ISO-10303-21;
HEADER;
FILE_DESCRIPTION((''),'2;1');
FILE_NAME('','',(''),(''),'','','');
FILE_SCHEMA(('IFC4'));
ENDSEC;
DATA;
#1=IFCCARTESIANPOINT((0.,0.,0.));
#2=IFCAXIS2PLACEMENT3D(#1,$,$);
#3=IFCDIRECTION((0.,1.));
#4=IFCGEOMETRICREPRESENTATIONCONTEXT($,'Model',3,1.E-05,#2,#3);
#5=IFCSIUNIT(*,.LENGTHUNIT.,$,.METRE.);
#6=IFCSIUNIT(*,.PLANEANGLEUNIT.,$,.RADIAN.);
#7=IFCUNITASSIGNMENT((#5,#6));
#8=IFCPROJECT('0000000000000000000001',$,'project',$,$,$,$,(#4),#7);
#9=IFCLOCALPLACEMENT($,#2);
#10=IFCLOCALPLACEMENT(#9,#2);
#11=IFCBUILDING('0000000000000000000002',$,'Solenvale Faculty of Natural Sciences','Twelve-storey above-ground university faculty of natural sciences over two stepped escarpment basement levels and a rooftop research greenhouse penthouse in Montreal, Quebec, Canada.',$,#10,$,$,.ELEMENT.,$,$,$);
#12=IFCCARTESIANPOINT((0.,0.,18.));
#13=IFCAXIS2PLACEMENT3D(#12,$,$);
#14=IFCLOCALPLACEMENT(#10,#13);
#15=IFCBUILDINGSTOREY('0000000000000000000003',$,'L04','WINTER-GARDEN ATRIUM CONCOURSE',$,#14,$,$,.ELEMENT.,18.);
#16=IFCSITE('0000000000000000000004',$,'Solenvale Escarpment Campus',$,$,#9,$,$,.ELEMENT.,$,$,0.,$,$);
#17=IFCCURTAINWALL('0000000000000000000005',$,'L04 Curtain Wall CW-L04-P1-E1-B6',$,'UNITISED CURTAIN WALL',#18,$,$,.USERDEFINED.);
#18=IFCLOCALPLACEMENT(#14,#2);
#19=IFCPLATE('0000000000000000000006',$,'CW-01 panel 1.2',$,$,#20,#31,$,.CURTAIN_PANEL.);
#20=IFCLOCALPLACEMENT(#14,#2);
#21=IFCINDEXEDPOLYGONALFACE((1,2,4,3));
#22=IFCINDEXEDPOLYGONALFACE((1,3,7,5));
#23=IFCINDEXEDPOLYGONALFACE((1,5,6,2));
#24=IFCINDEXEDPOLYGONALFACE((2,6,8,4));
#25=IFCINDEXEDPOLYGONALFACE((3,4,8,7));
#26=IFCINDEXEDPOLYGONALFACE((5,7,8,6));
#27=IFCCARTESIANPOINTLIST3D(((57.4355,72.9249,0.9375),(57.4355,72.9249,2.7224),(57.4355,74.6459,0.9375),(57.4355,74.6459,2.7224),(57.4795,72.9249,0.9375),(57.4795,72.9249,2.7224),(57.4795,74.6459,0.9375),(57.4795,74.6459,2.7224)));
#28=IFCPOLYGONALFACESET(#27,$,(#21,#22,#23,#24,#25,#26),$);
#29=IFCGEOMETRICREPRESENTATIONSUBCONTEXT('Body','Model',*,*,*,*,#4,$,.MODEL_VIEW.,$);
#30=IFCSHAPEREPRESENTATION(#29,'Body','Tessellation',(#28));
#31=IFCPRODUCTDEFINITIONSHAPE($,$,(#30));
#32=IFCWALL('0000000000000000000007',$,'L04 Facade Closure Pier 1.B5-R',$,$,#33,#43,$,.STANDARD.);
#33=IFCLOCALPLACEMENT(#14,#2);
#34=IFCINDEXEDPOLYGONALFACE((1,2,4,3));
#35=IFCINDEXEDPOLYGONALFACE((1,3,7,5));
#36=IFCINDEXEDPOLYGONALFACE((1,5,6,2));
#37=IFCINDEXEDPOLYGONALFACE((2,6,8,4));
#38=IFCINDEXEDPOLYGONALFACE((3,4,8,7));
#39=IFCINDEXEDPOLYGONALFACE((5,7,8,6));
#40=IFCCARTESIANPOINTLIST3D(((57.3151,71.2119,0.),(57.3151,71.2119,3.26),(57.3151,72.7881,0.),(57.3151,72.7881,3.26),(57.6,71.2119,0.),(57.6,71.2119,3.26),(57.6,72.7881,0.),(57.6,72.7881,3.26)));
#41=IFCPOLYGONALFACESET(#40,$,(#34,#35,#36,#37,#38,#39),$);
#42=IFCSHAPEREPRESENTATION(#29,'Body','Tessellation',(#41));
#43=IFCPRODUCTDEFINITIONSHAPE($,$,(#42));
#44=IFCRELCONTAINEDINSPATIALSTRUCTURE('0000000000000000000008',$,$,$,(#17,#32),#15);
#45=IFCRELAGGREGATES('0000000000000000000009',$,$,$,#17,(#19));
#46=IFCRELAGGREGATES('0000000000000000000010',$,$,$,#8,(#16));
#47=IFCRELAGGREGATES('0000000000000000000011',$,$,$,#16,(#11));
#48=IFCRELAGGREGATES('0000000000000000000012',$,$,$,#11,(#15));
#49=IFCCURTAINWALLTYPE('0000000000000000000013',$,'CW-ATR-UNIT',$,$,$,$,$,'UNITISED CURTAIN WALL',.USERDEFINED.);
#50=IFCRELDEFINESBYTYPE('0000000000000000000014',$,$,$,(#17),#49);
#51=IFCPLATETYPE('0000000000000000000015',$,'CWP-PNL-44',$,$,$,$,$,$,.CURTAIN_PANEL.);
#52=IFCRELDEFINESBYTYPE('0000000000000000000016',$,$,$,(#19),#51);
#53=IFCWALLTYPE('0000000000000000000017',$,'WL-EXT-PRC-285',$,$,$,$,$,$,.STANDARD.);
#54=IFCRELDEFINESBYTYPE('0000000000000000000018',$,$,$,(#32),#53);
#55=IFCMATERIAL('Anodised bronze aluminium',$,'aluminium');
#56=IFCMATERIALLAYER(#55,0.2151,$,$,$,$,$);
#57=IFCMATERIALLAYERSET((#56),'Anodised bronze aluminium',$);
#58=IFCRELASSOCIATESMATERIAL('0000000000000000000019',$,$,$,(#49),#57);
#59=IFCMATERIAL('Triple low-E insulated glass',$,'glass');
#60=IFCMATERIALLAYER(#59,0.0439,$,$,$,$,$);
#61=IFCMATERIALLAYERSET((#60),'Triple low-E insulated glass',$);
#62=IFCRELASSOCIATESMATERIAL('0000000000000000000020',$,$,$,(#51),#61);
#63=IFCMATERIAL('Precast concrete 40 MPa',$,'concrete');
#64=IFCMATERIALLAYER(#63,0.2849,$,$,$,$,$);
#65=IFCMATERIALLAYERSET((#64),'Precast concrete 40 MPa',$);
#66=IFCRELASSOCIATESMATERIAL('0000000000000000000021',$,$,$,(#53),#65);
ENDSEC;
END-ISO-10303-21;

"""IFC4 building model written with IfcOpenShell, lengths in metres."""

from ifc_helpers import new_model, si_unit, direction, frame, frame_2d, origin, origin_2d, place, context, subcontext, project, spatial, rectangle, extrude, material, layer, layer_set, type_object, element, aggregate, save


model = new_model("IFC4")

# Units and contexts
model_context = context("Model", 3, precision=1e-05, world=origin(), true_north=direction((0.0, 1.0)))
body_context = subcontext(model_context, "Body", "Model", "MODEL_VIEW")
ifc_project = project(units=[si_unit("LENGTHUNIT", "METRE"), si_unit("PLANEANGLEUNIT", "RADIAN")], contexts=[model_context])

# Site, building, storey
site_placement = place(None, origin())
site = spatial("IfcSite", under=ifc_project, at=site_placement, Name="Solenvale Escarpment Campus", CompositionType="ELEMENT", RefElevation=0.0)
building_placement = place(site_placement, origin())
building = spatial("IfcBuilding", under=site, at=building_placement, Name="Solenvale Faculty of Natural Sciences", Description="Twelve-storey above-ground university faculty of natural sciences over two stepped escarpment basement levels and a rooftop research greenhouse penthouse in Montreal, Quebec, Canada.", CompositionType="ELEMENT")
storey_placement = place(building_placement, frame((0.0, 0.0, 18.0)))
storey = spatial("IfcBuildingStorey", under=building, at=storey_placement, Name="L04", Description="WINTER-GARDEN ATRIUM CONCOURSE", CompositionType="ELEMENT", Elevation=18.0)

# Shared definitions
ifc_material_1 = material(Name="Anodised bronze aluminium", Category="aluminium")
ifc_layer_1 = layer(ifc_material_1, 0.2151)
ifc_layer_set_1 = layer_set([ifc_layer_1], Name="Anodised bronze aluminium")
curtain_wall_type = type_object("IfcCurtainWallType", Name="CW-ATR-UNIT", ElementType="UNITISED CURTAIN WALL", PredefinedType="USERDEFINED", material=ifc_layer_set_1)

# Curtain wall
curtain_wall_1_placement = place(storey_placement, origin())
curtain_wall_1 = element("IfcCurtainWall", 1, at=curtain_wall_1_placement, inside=storey, type_object=curtain_wall_type, Name="L04 Curtain Wall CW-L04-P1-E1-B6", ObjectType="UNITISED CURTAIN WALL", PredefinedType="USERDEFINED")

# Plate
ifc_material_2 = material(Name="Triple low-E insulated glass", Category="glass")
ifc_layer_2 = layer(ifc_material_2, 0.0439)
ifc_layer_set_2 = layer_set([ifc_layer_2], Name="Triple low-E insulated glass")
plate_type_1 = type_object("IfcPlateType", Name="CWP-PNL-44", PredefinedType="CURTAIN_PANEL", material=ifc_layer_set_2)
plate_1_placement = place(storey_placement, frame((57.4575, 73.7854, 0.9375), z_axis=(0.0, 0.0, 1.0), x_axis=(0.0, 1.0, 0.0)))
plate_1 = element("IfcPlate", 2, at=plate_1_placement, type_object=plate_type_1, Name="CW-01 panel 1.2", PredefinedType="CURTAIN_PANEL", context=body_context, shape_type="SweptSolid", body=[
    extrude(rectangle(XDim=1.7209, YDim=0.0439, at=origin_2d()), origin(), (0.0, 0.0, 1.0), 1.7849),
])
aggregate(curtain_wall_1, [plate_1])

# Wall
ifc_material_3 = material(Name="Precast concrete 40 MPa", Category="concrete")
ifc_layer_3 = layer(ifc_material_3, 0.2849)
ifc_layer_set_3 = layer_set([ifc_layer_3], Name="Precast concrete 40 MPa")
wall_type = type_object("IfcWallType", Name="WL-EXT-PRC-285", PredefinedType="STANDARD", material=ifc_layer_set_3)
wall_placement = place(storey_placement, frame((57.4575, 71.2119, 0.0), z_axis=(0.0, 0.0, 1.0), x_axis=(0.0, 1.0, 0.0)))
element("IfcWall", 3, at=wall_placement, inside=storey, type_object=wall_type, Name="L04 Facade Closure Pier 1.B5-R", PredefinedType="STANDARD", context=body_context, shape_type="SweptSolid", body=[
    extrude(rectangle(XDim=1.5762, YDim=0.2849, at=frame_2d((0.7881, 0.0))), origin(), (0.0, 0.0, 1.0), 3.26),
])

save(model, "model.ifc")
